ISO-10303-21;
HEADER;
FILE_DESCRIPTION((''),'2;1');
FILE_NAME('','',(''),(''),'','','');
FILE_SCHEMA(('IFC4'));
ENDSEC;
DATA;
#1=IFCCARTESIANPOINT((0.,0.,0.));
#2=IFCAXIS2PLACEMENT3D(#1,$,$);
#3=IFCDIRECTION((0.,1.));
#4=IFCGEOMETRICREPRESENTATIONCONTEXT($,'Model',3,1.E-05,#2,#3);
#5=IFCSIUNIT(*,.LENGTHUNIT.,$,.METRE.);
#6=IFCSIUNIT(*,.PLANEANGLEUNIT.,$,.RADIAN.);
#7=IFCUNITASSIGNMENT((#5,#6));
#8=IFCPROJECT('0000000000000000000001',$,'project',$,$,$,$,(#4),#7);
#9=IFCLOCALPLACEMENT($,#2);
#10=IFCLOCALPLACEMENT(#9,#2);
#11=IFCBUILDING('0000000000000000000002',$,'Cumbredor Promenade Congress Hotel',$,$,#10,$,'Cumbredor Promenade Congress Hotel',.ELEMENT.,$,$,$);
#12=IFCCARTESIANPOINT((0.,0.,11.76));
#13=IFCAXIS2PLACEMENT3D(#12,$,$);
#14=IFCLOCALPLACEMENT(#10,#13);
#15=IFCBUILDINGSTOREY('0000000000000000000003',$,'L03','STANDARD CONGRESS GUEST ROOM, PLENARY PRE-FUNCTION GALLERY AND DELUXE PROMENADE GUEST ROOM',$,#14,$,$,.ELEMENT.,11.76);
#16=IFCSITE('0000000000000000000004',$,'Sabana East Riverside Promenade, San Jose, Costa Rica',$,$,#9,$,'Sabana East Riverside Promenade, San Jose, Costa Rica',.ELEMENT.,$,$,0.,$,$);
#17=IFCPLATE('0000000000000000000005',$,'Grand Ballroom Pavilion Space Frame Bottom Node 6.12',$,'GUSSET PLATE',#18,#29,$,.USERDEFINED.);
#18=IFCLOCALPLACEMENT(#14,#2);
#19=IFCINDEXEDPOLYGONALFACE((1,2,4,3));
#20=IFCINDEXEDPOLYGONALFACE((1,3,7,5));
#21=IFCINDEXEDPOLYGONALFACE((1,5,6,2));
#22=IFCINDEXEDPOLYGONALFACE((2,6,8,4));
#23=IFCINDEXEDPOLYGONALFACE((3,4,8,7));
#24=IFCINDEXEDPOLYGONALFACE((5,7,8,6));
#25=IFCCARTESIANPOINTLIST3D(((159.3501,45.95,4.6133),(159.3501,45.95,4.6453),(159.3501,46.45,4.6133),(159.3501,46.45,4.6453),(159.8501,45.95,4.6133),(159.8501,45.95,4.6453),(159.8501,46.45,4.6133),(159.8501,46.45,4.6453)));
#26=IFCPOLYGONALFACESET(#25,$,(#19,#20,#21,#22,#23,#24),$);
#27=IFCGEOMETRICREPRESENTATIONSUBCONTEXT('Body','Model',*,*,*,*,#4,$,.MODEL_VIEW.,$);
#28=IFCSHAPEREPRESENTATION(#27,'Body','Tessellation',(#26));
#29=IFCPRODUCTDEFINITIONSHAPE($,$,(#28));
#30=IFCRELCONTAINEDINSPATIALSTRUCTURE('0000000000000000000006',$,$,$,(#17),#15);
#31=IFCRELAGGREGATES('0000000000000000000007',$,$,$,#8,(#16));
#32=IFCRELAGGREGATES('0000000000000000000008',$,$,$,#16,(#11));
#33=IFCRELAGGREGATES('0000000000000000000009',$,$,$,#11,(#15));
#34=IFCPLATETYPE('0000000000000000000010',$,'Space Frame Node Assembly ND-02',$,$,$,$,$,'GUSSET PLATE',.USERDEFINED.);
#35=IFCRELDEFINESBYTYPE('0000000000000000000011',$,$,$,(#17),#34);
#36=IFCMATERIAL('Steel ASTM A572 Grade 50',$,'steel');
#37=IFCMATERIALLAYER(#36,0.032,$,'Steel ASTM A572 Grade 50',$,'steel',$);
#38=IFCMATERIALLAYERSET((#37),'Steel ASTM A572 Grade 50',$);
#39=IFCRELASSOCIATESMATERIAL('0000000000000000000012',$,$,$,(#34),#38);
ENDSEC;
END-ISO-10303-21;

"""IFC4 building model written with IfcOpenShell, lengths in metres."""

from ifc_helpers import new_model, si_unit, direction, frame, origin, origin_2d, place, context, subcontext, project, spatial, rectangle, extrude, material, layer, layer_set, type_object, element, save


model = new_model("IFC4")

# Units and contexts
model_context = context("Model", 3, precision=1e-05, world=origin(), true_north=direction((0.0, 1.0)))
body_context = subcontext(model_context, "Body", "Model", "MODEL_VIEW")
ifc_project = project(units=[si_unit("LENGTHUNIT", "METRE"), si_unit("PLANEANGLEUNIT", "RADIAN")], contexts=[model_context])

# Site, building, storey
site_placement = place(None, origin())
site = spatial("IfcSite", under=ifc_project, at=site_placement, Name="Sabana East Riverside Promenade, San Jose, Costa Rica", LongName="Sabana East Riverside Promenade, San Jose, Costa Rica", CompositionType="ELEMENT", RefElevation=0.0)
building_placement = place(site_placement, origin())
building = spatial("IfcBuilding", under=site, at=building_placement, Name="Cumbredor Promenade Congress Hotel", LongName="Cumbredor Promenade Congress Hotel", CompositionType="ELEMENT")
storey_placement = place(building_placement, frame((0.0, 0.0, 11.76)))
storey = spatial("IfcBuildingStorey", under=building, at=storey_placement, Name="L03", Description="STANDARD CONGRESS GUEST ROOM, PLENARY PRE-FUNCTION GALLERY AND DELUXE PROMENADE GUEST ROOM", CompositionType="ELEMENT", Elevation=11.76)

# Plate
ifc_material_1 = material(Name="Steel ASTM A572 Grade 50", Category="steel")
ifc_layer = layer(ifc_material_1, 0.032, Name="Steel ASTM A572 Grade 50", Category="steel")
ifc_layer_set = layer_set([ifc_layer], Name="Steel ASTM A572 Grade 50")
plate_type = type_object("IfcPlateType", Name="Space Frame Node Assembly ND-02", ElementType="GUSSET PLATE", PredefinedType="USERDEFINED", material=ifc_layer_set)
for number, where, z_axis, x_axis, name in (
    (1, (159.6001, 46.2, 4.6133), (0.0, 0.0, 1.0), (1.0, 0.0, 0.0), "Grand Ballroom Pavilion Space Frame Bottom Node 6.12"),
):
    element("IfcPlate", number, at=place(storey_placement, frame(where, z_axis=z_axis, x_axis=x_axis)), inside=storey, type_object=plate_type, Name=name, ObjectType="GUSSET PLATE", PredefinedType="USERDEFINED", context=body_context, shape_type="SweptSolid", body=[
        extrude(rectangle(XDim=0.5, YDim=0.5, at=origin_2d()), origin(), (0.0, 0.0, 1.0), 0.032),
    ])

save(model, "model.ifc")
